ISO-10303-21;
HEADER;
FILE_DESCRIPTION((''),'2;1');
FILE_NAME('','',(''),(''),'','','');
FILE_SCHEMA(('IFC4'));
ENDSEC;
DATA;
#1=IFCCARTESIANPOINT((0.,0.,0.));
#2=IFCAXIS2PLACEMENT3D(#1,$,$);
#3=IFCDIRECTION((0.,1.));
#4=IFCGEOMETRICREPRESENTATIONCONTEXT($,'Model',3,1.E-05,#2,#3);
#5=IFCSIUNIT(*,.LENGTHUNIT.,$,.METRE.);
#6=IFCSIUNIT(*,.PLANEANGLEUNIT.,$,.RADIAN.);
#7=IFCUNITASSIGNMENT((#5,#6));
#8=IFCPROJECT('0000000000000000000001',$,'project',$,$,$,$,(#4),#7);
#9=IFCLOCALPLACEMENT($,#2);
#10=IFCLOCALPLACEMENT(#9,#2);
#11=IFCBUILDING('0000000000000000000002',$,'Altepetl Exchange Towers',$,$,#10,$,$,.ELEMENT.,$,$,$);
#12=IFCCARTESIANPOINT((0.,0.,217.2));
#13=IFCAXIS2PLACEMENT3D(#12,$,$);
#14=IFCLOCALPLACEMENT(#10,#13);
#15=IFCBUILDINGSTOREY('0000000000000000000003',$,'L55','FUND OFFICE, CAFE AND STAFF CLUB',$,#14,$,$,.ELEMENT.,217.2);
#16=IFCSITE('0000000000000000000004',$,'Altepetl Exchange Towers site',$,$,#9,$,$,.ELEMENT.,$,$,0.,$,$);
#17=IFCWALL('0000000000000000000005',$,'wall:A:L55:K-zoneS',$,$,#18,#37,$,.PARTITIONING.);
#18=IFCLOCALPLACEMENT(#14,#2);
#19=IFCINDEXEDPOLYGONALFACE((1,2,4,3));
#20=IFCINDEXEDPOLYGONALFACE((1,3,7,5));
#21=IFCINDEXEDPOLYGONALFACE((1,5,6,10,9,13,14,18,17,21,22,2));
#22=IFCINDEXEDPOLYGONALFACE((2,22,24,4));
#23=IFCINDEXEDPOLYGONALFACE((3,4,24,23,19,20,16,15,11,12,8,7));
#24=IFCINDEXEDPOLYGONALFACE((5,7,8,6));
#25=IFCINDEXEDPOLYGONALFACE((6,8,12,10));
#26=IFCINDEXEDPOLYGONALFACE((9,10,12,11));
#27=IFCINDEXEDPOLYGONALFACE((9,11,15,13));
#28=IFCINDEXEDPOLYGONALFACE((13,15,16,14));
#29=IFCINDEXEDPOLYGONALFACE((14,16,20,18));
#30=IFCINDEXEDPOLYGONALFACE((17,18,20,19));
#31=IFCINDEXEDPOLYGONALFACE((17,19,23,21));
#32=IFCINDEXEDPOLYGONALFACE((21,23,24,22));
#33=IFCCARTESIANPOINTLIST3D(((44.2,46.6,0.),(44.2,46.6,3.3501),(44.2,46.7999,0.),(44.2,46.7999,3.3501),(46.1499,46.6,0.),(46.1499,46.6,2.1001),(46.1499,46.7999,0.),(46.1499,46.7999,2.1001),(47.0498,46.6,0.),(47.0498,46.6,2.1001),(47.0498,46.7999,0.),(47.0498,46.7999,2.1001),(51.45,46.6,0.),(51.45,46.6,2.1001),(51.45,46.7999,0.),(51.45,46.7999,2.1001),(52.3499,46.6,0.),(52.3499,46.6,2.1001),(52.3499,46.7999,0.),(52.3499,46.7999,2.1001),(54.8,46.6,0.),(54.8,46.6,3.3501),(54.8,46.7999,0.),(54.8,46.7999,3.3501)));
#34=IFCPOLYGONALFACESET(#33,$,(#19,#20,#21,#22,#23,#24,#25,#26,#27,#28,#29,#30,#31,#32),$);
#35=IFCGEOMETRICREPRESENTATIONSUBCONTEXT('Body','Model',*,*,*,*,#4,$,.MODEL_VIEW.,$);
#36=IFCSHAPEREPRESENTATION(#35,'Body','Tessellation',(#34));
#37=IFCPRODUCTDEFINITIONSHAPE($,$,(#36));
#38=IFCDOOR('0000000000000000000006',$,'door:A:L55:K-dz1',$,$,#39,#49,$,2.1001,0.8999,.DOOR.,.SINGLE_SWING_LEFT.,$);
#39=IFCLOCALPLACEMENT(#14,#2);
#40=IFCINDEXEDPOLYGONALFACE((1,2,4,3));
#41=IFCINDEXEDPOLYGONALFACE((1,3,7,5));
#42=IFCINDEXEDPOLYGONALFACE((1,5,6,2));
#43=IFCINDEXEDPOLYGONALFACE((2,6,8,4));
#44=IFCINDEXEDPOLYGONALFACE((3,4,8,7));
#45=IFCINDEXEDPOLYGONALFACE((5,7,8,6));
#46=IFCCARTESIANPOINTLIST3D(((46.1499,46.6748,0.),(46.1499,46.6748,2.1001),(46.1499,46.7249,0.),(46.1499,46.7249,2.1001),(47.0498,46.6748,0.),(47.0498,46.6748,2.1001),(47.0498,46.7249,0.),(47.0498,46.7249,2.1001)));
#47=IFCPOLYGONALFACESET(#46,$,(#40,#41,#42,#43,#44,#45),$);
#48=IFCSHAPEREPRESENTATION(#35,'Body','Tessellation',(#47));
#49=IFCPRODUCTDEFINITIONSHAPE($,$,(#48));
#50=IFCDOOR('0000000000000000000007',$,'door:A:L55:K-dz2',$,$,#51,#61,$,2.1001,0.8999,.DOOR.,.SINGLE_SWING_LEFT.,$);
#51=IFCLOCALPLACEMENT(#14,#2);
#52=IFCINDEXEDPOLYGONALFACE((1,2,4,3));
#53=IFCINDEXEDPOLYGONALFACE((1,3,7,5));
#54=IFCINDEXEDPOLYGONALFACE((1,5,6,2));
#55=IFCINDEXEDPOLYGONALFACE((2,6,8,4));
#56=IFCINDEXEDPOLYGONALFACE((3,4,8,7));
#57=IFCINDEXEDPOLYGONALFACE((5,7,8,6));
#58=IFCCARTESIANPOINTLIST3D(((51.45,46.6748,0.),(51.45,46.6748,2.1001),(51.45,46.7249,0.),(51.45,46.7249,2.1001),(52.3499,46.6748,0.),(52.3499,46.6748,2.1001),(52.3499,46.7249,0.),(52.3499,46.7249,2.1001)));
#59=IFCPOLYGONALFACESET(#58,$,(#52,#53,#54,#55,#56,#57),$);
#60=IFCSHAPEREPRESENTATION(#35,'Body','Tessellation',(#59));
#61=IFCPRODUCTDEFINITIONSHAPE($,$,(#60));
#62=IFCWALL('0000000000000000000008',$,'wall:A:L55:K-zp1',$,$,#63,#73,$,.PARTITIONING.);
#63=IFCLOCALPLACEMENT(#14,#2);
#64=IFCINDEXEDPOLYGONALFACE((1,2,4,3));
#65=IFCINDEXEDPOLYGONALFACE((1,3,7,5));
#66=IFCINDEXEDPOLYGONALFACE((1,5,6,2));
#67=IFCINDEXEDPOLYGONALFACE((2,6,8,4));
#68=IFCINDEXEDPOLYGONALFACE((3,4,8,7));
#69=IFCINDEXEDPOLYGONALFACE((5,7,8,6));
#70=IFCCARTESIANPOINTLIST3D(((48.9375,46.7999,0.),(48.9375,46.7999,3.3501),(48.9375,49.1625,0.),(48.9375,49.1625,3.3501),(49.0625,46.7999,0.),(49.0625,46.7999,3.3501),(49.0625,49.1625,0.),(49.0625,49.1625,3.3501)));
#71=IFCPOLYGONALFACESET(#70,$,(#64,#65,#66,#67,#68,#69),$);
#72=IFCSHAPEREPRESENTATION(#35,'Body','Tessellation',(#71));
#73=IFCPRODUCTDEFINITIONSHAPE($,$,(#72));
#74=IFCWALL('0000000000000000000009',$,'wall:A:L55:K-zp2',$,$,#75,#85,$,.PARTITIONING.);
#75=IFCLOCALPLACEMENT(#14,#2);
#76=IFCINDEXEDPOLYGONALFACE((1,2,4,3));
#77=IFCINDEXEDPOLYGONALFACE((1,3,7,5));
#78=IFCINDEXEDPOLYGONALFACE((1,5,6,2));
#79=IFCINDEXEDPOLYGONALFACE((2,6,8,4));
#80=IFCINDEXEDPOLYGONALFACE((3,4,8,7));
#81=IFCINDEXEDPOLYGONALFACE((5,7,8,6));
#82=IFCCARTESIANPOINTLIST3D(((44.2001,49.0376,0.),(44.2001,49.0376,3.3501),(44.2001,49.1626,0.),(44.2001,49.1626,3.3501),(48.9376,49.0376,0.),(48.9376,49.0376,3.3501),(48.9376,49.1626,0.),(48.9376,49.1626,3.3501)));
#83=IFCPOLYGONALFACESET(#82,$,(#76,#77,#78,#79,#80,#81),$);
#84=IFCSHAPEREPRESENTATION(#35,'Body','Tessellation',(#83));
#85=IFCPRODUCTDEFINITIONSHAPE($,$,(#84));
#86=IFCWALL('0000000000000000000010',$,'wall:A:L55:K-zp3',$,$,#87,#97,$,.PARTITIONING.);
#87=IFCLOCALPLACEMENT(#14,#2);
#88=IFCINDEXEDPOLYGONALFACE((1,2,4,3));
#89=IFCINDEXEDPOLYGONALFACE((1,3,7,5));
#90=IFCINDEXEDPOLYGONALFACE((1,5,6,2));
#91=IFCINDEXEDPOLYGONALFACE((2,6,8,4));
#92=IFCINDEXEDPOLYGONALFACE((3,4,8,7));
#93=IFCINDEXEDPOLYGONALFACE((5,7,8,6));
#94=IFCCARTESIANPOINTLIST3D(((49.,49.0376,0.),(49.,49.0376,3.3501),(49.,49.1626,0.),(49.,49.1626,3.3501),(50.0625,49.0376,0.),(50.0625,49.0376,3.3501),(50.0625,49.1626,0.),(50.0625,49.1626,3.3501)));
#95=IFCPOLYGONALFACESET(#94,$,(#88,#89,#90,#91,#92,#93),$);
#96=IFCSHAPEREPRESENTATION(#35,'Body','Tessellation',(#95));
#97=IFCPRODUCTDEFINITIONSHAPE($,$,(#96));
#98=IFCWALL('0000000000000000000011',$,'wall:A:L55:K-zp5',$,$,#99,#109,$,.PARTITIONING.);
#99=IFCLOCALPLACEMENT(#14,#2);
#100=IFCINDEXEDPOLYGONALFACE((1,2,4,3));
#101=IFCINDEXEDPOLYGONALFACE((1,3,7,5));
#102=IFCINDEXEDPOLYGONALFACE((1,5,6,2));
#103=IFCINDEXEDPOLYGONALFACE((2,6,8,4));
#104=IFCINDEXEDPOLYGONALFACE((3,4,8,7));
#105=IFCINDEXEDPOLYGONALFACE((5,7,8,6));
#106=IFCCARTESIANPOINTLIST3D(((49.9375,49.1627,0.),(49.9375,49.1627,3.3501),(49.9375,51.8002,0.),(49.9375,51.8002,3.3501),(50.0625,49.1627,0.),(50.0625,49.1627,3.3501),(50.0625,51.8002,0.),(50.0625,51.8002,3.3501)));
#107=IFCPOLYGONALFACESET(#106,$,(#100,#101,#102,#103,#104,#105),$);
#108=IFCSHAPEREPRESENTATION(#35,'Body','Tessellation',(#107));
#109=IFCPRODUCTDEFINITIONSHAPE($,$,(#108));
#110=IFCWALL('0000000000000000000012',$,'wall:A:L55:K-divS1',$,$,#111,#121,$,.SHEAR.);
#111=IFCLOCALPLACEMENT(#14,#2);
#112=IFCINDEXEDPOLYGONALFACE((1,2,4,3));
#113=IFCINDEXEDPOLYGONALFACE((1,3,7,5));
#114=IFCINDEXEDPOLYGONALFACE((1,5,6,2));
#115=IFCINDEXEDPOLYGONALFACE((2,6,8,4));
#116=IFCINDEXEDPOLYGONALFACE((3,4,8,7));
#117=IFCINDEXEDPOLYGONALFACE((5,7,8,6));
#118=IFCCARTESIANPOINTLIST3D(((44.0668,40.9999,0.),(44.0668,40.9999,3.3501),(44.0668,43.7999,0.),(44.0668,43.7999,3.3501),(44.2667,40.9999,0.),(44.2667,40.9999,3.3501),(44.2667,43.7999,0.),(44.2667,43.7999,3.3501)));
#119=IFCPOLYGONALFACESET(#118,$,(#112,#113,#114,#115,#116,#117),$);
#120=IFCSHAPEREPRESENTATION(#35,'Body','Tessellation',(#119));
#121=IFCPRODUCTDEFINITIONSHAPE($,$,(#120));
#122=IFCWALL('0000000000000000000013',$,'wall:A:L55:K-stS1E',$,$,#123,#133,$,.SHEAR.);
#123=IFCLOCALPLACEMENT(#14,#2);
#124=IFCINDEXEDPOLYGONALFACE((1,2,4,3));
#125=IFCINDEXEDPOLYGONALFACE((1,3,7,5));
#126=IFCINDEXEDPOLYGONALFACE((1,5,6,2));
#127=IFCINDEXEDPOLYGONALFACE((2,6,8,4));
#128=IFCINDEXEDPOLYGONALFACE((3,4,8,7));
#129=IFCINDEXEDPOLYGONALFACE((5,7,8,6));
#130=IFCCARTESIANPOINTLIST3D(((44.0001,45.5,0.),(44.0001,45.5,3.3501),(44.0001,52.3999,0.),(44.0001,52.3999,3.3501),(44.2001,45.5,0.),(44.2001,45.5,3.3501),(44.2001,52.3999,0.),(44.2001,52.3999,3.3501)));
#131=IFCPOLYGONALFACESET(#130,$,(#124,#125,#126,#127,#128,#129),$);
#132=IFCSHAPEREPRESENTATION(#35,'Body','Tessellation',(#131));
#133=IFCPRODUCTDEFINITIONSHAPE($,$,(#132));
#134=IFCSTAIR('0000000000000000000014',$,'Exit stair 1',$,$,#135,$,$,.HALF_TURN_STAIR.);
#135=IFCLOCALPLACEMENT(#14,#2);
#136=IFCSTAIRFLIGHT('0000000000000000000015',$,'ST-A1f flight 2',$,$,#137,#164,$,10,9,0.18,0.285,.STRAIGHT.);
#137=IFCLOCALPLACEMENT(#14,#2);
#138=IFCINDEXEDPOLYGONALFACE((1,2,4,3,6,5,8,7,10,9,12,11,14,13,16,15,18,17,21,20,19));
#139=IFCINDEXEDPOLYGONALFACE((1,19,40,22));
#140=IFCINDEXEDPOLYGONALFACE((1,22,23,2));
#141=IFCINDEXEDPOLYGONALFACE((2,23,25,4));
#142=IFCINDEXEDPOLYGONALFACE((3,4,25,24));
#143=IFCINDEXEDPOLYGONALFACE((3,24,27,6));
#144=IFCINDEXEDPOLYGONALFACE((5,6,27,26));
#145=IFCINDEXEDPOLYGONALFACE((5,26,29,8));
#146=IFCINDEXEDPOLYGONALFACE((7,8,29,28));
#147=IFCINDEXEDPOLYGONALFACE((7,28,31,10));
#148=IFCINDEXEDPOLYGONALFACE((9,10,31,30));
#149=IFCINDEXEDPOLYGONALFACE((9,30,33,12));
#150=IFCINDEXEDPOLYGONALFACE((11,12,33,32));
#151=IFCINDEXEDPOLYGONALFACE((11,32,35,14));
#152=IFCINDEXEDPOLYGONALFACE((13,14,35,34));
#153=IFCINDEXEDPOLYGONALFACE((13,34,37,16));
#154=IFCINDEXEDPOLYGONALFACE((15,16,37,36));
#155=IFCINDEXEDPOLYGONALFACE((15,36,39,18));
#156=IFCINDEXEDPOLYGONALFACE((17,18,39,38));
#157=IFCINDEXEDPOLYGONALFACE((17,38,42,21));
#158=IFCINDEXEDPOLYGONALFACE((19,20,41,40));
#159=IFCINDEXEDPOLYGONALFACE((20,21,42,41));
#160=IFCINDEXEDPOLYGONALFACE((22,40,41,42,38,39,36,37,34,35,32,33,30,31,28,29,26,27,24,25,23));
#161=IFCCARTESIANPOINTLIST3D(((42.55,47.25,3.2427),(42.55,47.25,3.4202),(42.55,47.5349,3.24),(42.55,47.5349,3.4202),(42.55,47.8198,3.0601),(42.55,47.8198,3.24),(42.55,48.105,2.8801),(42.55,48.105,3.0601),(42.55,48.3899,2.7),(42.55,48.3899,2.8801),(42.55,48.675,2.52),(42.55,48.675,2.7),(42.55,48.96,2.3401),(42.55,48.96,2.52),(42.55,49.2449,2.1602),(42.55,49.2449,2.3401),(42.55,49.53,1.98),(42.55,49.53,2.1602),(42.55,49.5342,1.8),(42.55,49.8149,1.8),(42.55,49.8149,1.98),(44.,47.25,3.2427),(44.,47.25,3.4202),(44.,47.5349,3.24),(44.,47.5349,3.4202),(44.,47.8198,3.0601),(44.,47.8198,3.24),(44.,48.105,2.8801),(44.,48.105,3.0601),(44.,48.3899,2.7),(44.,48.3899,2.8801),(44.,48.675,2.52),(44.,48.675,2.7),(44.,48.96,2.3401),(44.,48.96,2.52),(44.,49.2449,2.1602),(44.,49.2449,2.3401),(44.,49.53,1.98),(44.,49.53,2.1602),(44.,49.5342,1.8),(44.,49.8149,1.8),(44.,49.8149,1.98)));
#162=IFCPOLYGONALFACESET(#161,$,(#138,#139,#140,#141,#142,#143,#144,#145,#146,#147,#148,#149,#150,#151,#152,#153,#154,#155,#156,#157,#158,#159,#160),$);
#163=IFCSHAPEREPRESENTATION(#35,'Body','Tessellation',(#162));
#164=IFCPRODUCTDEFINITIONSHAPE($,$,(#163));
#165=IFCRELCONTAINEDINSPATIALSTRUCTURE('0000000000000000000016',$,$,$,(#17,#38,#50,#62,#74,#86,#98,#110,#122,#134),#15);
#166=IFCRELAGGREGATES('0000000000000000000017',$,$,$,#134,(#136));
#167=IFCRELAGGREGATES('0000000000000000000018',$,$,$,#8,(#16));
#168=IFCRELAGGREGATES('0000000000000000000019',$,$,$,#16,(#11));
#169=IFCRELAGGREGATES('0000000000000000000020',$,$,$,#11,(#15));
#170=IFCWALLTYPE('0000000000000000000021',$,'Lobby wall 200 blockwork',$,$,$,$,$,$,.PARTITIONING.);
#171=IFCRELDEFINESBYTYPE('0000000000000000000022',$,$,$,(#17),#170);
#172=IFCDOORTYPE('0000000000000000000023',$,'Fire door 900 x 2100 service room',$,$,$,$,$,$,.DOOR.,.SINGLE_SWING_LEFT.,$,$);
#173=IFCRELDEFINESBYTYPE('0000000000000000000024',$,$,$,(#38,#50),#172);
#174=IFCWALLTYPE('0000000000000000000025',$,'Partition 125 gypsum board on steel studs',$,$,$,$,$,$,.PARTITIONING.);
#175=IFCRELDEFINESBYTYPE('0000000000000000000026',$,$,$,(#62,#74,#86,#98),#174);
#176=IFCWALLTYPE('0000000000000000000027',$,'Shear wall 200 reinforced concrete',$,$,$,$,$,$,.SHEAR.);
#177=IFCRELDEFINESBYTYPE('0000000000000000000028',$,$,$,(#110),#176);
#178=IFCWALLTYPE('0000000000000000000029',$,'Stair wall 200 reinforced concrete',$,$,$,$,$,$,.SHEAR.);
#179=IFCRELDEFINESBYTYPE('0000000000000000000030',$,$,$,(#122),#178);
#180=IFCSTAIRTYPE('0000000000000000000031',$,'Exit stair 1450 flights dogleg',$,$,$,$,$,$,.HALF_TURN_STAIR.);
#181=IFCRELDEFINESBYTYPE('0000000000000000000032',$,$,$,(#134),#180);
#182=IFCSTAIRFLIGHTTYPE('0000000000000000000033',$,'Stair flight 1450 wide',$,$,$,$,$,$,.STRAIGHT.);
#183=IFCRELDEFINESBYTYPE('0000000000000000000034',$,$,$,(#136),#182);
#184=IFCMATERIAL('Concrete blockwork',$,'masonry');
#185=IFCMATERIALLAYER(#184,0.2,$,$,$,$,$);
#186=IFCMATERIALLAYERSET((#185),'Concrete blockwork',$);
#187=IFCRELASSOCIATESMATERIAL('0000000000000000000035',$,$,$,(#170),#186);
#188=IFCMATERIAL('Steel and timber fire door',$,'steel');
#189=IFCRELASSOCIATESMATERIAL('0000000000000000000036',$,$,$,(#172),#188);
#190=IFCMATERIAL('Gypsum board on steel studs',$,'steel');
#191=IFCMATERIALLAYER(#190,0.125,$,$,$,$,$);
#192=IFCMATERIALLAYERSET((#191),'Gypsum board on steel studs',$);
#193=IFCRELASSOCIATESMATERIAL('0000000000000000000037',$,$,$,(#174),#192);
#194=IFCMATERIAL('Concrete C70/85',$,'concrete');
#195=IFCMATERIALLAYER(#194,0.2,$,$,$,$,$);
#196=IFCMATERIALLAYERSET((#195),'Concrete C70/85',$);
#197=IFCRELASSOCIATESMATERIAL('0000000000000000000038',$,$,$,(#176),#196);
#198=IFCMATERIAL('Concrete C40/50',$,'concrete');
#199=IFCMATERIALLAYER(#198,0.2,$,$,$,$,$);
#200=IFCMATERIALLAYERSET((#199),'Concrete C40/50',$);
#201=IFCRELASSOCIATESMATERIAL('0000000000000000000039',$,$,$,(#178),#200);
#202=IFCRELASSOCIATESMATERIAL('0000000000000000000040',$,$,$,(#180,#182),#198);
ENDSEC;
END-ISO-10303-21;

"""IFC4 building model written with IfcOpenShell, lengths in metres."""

from ifc_helpers import new_model, si_unit, direction, frame, frame_2d, origin, place, context, subcontext, project, spatial, polyline, rectangle, outline, extrude, material, layer, layer_set, type_object, element, fill, aggregate, save


model = new_model("IFC4")

# Units and contexts
model_context = context("Model", 3, precision=1e-05, world=origin(), true_north=direction((0.0, 1.0)))
body_context = subcontext(model_context, "Body", "Model", "MODEL_VIEW")
ifc_project = project(units=[si_unit("LENGTHUNIT", "METRE"), si_unit("PLANEANGLEUNIT", "RADIAN")], contexts=[model_context])

# Site, building, storey
site_placement = place(None, origin())
site = spatial("IfcSite", under=ifc_project, at=site_placement, Name="Altepetl Exchange Towers site", CompositionType="ELEMENT", RefElevation=0.0)
building_placement = place(site_placement, origin())
building = spatial("IfcBuilding", under=site, at=building_placement, Name="Altepetl Exchange Towers", CompositionType="ELEMENT")
storey_placement = place(building_placement, frame((0.0, 0.0, 217.2)))
storey = spatial("IfcBuildingStorey", under=building, at=storey_placement, Name="L55", Description="FUND OFFICE, CAFE AND STAFF CLUB", CompositionType="ELEMENT", Elevation=217.2)

# Shared definitions
ifc_material_1 = material(Name="Concrete blockwork", Category="masonry")
ifc_layer_1 = layer(ifc_material_1, 0.2)
ifc_layer_set_1 = layer_set([ifc_layer_1], Name="Concrete blockwork")
wall_type_1 = type_object("IfcWallType", Name="Lobby wall 200 blockwork", PredefinedType="PARTITIONING", material=ifc_layer_set_1)

# Shared definitions
ifc_material_2 = material(Name="Steel and timber fire door", Category="steel")

# Wall, openings, doors
door_type_1 = type_object("IfcDoorType", Name="Fire door 900 x 2100 service room", OperationType="SINGLE_SWING_LEFT", PredefinedType="DOOR", material=ifc_material_2)
wall_1_placement = place(storey_placement, frame((44.2, 46.7, 0.0)))
wall_1 = element("IfcWall", 1, at=wall_1_placement, inside=storey, type_object=wall_type_1, Name="wall:A:L55:K-zoneS", PredefinedType="PARTITIONING", context=body_context, shape_type="SweptSolid", body=[
    extrude(rectangle(XDim=10.6001, YDim=0.2, at=frame_2d((5.3, 0.0))), origin(), (0.0, 0.0, 1.0), 3.3501),
])
opening_1_placement = place(wall_1_placement, frame((1.95, 0.0, 0.0)))
opening_1 = element("IfcOpeningElement", 2, at=opening_1_placement, cuts=wall_1, PredefinedType="OPENING", context=body_context, shape_type="SweptSolid", body=[
    extrude(rectangle(XDim=0.8999, YDim=2.1001, at=frame_2d((0.45, 1.05))), frame((0.0, 0.1099, 0.0), z_axis=(0.0, -1.0, 0.0), x_axis=(1.0, 0.0, 0.0)), (0.0, 0.0, 1.0), 0.22),
])
opening_2_placement = place(wall_1_placement, frame((7.25, 0.0, 0.0)))
opening_2 = element("IfcOpeningElement", 3, at=opening_2_placement, cuts=wall_1, PredefinedType="OPENING", context=body_context, shape_type="SweptSolid", body=[
    extrude(rectangle(XDim=0.8999, YDim=2.1001, at=frame_2d((0.45, 1.05))), frame((0.0, 0.1099, 0.0), z_axis=(0.0, -1.0, 0.0), x_axis=(1.0, 0.0, 0.0)), (0.0, 0.0, 1.0), 0.22),
])
door_1_placement = place(opening_1_placement, origin())
door_1 = element("IfcDoor", 4, at=door_1_placement, inside=storey, type_object=door_type_1, Name="door:A:L55:K-dz1", OperationType="SINGLE_SWING_LEFT", OverallHeight=2.1001, OverallWidth=0.8999, PredefinedType="DOOR", context=body_context, shape_type="SweptSolid", body=[
    extrude(rectangle(XDim=0.8999, YDim=2.1001, at=frame_2d((0.45, 1.05))), frame((0.0, 0.0249, 0.0), z_axis=(0.0, -1.0, 0.0), x_axis=(1.0, 0.0, 0.0)), (0.0, 0.0, 1.0), 0.05),
])
fill(opening_1, door_1)
door_2_placement = place(opening_2_placement, origin())
door_2 = element("IfcDoor", 5, at=door_2_placement, inside=storey, type_object=door_type_1, Name="door:A:L55:K-dz2", OperationType="SINGLE_SWING_LEFT", OverallHeight=2.1001, OverallWidth=0.8999, PredefinedType="DOOR", context=body_context, shape_type="SweptSolid", body=[
    extrude(rectangle(XDim=0.8999, YDim=2.1001, at=frame_2d((0.45, 1.05))), frame((0.0, 0.0249, 0.0), z_axis=(0.0, -1.0, 0.0), x_axis=(1.0, 0.0, 0.0)), (0.0, 0.0, 1.0), 0.05),
])
fill(opening_2, door_2)

# Walls
ifc_material_3 = material(Name="Gypsum board on steel studs", Category="steel")
ifc_layer_2 = layer(ifc_material_3, 0.125)
ifc_layer_set_2 = layer_set([ifc_layer_2], Name="Gypsum board on steel studs")
wall_type_2 = type_object("IfcWallType", Name="Partition 125 gypsum board on steel studs", PredefinedType="PARTITIONING", material=ifc_layer_set_2)
wall_2_placement = place(storey_placement, frame((49.0, 46.8, 0.0), z_axis=(0.0, 0.0, 1.0), x_axis=(0.0, 1.0, 0.0)))
element("IfcWall", 6, at=wall_2_placement, inside=storey, type_object=wall_type_2, Name="wall:A:L55:K-zp1", PredefinedType="PARTITIONING", context=body_context, shape_type="SweptSolid", body=[
    extrude(rectangle(XDim=2.3625, YDim=0.125, at=frame_2d((1.1812, 0.0))), origin(), (0.0, 0.0, 1.0), 3.3501),
])
wall_3_placement = place(storey_placement, frame((48.9375, 49.1001, 0.0), z_axis=(0.0, 0.0, 1.0), x_axis=(-1.0, 0.0, 0.0)))
element("IfcWall", 7, at=wall_3_placement, inside=storey, type_object=wall_type_2, Name="wall:A:L55:K-zp2", PredefinedType="PARTITIONING", context=body_context, shape_type="SweptSolid", body=[
    extrude(rectangle(XDim=4.7375, YDim=0.125, at=frame_2d((2.3687, 0.0))), origin(), (0.0, 0.0, 1.0), 3.3501),
])
wall_4_placement = place(storey_placement, frame((50.0625, 49.1001, 0.0), z_axis=(0.0, 0.0, 1.0), x_axis=(-1.0, 0.0, 0.0)))
element("IfcWall", 8, at=wall_4_placement, inside=storey, type_object=wall_type_2, Name="wall:A:L55:K-zp3", PredefinedType="PARTITIONING", context=body_context, shape_type="SweptSolid", body=[
    extrude(rectangle(XDim=1.0625, YDim=0.125, at=frame_2d((0.5312, 0.0))), origin(), (0.0, 0.0, 1.0), 3.3501),
])
wall_5_placement = place(storey_placement, frame((50.0, 49.1626, 0.0), z_axis=(0.0, 0.0, 1.0), x_axis=(0.0, 1.0, 0.0)))
element("IfcWall", 9, at=wall_5_placement, inside=storey, type_object=wall_type_2, Name="wall:A:L55:K-zp5", PredefinedType="PARTITIONING", context=body_context, shape_type="SweptSolid", body=[
    extrude(rectangle(XDim=2.6375, YDim=0.125, at=frame_2d((1.3188, 0.0))), origin(), (0.0, 0.0, 1.0), 3.3501),
])
ifc_material_4 = material(Name="Concrete C70/85", Category="concrete")
ifc_layer_3 = layer(ifc_material_4, 0.2)
ifc_layer_set_3 = layer_set([ifc_layer_3], Name="Concrete C70/85")
wall_type_3 = type_object("IfcWallType", Name="Shear wall 200 reinforced concrete", PredefinedType="SHEAR", material=ifc_layer_set_3)
wall_6_placement = place(storey_placement, frame((44.1667, 41.0, 0.0), z_axis=(0.0, 0.0, 1.0), x_axis=(0.0, 1.0, 0.0)))
element("IfcWall", 10, at=wall_6_placement, inside=storey, type_object=wall_type_3, Name="wall:A:L55:K-divS1", PredefinedType="SHEAR", context=body_context, shape_type="SweptSolid", body=[
    extrude(rectangle(XDim=2.8, YDim=0.2, at=frame_2d((1.3999, 0.0))), origin(), (0.0, 0.0, 1.0), 3.3501),
])
ifc_material_5 = material(Name="Concrete C40/50", Category="concrete")
ifc_layer_4 = layer(ifc_material_5, 0.2)
ifc_layer_set_4 = layer_set([ifc_layer_4], Name="Concrete C40/50")
wall_type_4 = type_object("IfcWallType", Name="Stair wall 200 reinforced concrete", PredefinedType="SHEAR", material=ifc_layer_set_4)
wall_7_placement = place(storey_placement, frame((44.1001, 45.5, 0.0), z_axis=(0.0, 0.0, 1.0), x_axis=(0.0, 1.0, 0.0)))
element("IfcWall", 11, at=wall_7_placement, inside=storey, type_object=wall_type_4, Name="wall:A:L55:K-stS1E", PredefinedType="SHEAR", context=body_context, shape_type="SweptSolid", body=[
    extrude(rectangle(XDim=6.8999, YDim=0.2, at=frame_2d((3.45, 0.0))), origin(), (0.0, 0.0, 1.0), 3.3501),
])

# Stair, stair flight
stair_type = type_object("IfcStairType", Name="Exit stair 1450 flights dogleg", PredefinedType="HALF_TURN_STAIR", material=ifc_material_5)
stair_placement = place(storey_placement, origin())
stair = element("IfcStair", 12, at=stair_placement, inside=storey, type_object=stair_type, Name="Exit stair 1", PredefinedType="HALF_TURN_STAIR")
stair_flight_type = type_object("IfcStairFlightType", Name="Stair flight 1450 wide", PredefinedType="STRAIGHT", material=ifc_material_5)
stair_flight_placement = place(storey_placement, frame((43.2749, 49.8149, 1.8), z_axis=(0.0, 0.0, 1.0), x_axis=(0.0, -1.0, 0.0)))
stair_flight = element("IfcStairFlight", 13, at=stair_flight_placement, type_object=stair_flight_type, Name="ST-A1f flight 2", NumberOfRisers=10, NumberOfTreads=9, PredefinedType="STRAIGHT", RiserHeight=0.18, TreadLength=0.285, context=body_context, shape_type="SweptSolid", body=[
    extrude(outline(polyline([(0.0, 0.0), (0.0, 0.1799), (0.2849, 0.1799), (0.2849, 0.3601), (0.5701, 0.3601), (0.5701, 0.54), (0.855, 0.54), (0.855, 0.72), (1.1399, 0.72), (1.1399, 0.8999), (1.425, 0.8999), (1.425, 1.0801), (1.71, 1.0801), (1.71, 1.26), (1.9951, 1.26), (1.9951, 1.4399), (2.28, 1.4399), (2.28, 1.6201), (2.5649, 1.6201), (2.5649, 1.8), (2.5649, 1.4426), (0.2808, 0.0), (0.0, 0.0)])), frame((0.0, 0.7251, 0.0), z_axis=(0.0, -1.0, 0.0), x_axis=(1.0, 0.0, 0.0)), (0.0, 0.0, 1.0), 1.45),
])
aggregate(stair, [stair_flight])

save(model, "model.ifc")
